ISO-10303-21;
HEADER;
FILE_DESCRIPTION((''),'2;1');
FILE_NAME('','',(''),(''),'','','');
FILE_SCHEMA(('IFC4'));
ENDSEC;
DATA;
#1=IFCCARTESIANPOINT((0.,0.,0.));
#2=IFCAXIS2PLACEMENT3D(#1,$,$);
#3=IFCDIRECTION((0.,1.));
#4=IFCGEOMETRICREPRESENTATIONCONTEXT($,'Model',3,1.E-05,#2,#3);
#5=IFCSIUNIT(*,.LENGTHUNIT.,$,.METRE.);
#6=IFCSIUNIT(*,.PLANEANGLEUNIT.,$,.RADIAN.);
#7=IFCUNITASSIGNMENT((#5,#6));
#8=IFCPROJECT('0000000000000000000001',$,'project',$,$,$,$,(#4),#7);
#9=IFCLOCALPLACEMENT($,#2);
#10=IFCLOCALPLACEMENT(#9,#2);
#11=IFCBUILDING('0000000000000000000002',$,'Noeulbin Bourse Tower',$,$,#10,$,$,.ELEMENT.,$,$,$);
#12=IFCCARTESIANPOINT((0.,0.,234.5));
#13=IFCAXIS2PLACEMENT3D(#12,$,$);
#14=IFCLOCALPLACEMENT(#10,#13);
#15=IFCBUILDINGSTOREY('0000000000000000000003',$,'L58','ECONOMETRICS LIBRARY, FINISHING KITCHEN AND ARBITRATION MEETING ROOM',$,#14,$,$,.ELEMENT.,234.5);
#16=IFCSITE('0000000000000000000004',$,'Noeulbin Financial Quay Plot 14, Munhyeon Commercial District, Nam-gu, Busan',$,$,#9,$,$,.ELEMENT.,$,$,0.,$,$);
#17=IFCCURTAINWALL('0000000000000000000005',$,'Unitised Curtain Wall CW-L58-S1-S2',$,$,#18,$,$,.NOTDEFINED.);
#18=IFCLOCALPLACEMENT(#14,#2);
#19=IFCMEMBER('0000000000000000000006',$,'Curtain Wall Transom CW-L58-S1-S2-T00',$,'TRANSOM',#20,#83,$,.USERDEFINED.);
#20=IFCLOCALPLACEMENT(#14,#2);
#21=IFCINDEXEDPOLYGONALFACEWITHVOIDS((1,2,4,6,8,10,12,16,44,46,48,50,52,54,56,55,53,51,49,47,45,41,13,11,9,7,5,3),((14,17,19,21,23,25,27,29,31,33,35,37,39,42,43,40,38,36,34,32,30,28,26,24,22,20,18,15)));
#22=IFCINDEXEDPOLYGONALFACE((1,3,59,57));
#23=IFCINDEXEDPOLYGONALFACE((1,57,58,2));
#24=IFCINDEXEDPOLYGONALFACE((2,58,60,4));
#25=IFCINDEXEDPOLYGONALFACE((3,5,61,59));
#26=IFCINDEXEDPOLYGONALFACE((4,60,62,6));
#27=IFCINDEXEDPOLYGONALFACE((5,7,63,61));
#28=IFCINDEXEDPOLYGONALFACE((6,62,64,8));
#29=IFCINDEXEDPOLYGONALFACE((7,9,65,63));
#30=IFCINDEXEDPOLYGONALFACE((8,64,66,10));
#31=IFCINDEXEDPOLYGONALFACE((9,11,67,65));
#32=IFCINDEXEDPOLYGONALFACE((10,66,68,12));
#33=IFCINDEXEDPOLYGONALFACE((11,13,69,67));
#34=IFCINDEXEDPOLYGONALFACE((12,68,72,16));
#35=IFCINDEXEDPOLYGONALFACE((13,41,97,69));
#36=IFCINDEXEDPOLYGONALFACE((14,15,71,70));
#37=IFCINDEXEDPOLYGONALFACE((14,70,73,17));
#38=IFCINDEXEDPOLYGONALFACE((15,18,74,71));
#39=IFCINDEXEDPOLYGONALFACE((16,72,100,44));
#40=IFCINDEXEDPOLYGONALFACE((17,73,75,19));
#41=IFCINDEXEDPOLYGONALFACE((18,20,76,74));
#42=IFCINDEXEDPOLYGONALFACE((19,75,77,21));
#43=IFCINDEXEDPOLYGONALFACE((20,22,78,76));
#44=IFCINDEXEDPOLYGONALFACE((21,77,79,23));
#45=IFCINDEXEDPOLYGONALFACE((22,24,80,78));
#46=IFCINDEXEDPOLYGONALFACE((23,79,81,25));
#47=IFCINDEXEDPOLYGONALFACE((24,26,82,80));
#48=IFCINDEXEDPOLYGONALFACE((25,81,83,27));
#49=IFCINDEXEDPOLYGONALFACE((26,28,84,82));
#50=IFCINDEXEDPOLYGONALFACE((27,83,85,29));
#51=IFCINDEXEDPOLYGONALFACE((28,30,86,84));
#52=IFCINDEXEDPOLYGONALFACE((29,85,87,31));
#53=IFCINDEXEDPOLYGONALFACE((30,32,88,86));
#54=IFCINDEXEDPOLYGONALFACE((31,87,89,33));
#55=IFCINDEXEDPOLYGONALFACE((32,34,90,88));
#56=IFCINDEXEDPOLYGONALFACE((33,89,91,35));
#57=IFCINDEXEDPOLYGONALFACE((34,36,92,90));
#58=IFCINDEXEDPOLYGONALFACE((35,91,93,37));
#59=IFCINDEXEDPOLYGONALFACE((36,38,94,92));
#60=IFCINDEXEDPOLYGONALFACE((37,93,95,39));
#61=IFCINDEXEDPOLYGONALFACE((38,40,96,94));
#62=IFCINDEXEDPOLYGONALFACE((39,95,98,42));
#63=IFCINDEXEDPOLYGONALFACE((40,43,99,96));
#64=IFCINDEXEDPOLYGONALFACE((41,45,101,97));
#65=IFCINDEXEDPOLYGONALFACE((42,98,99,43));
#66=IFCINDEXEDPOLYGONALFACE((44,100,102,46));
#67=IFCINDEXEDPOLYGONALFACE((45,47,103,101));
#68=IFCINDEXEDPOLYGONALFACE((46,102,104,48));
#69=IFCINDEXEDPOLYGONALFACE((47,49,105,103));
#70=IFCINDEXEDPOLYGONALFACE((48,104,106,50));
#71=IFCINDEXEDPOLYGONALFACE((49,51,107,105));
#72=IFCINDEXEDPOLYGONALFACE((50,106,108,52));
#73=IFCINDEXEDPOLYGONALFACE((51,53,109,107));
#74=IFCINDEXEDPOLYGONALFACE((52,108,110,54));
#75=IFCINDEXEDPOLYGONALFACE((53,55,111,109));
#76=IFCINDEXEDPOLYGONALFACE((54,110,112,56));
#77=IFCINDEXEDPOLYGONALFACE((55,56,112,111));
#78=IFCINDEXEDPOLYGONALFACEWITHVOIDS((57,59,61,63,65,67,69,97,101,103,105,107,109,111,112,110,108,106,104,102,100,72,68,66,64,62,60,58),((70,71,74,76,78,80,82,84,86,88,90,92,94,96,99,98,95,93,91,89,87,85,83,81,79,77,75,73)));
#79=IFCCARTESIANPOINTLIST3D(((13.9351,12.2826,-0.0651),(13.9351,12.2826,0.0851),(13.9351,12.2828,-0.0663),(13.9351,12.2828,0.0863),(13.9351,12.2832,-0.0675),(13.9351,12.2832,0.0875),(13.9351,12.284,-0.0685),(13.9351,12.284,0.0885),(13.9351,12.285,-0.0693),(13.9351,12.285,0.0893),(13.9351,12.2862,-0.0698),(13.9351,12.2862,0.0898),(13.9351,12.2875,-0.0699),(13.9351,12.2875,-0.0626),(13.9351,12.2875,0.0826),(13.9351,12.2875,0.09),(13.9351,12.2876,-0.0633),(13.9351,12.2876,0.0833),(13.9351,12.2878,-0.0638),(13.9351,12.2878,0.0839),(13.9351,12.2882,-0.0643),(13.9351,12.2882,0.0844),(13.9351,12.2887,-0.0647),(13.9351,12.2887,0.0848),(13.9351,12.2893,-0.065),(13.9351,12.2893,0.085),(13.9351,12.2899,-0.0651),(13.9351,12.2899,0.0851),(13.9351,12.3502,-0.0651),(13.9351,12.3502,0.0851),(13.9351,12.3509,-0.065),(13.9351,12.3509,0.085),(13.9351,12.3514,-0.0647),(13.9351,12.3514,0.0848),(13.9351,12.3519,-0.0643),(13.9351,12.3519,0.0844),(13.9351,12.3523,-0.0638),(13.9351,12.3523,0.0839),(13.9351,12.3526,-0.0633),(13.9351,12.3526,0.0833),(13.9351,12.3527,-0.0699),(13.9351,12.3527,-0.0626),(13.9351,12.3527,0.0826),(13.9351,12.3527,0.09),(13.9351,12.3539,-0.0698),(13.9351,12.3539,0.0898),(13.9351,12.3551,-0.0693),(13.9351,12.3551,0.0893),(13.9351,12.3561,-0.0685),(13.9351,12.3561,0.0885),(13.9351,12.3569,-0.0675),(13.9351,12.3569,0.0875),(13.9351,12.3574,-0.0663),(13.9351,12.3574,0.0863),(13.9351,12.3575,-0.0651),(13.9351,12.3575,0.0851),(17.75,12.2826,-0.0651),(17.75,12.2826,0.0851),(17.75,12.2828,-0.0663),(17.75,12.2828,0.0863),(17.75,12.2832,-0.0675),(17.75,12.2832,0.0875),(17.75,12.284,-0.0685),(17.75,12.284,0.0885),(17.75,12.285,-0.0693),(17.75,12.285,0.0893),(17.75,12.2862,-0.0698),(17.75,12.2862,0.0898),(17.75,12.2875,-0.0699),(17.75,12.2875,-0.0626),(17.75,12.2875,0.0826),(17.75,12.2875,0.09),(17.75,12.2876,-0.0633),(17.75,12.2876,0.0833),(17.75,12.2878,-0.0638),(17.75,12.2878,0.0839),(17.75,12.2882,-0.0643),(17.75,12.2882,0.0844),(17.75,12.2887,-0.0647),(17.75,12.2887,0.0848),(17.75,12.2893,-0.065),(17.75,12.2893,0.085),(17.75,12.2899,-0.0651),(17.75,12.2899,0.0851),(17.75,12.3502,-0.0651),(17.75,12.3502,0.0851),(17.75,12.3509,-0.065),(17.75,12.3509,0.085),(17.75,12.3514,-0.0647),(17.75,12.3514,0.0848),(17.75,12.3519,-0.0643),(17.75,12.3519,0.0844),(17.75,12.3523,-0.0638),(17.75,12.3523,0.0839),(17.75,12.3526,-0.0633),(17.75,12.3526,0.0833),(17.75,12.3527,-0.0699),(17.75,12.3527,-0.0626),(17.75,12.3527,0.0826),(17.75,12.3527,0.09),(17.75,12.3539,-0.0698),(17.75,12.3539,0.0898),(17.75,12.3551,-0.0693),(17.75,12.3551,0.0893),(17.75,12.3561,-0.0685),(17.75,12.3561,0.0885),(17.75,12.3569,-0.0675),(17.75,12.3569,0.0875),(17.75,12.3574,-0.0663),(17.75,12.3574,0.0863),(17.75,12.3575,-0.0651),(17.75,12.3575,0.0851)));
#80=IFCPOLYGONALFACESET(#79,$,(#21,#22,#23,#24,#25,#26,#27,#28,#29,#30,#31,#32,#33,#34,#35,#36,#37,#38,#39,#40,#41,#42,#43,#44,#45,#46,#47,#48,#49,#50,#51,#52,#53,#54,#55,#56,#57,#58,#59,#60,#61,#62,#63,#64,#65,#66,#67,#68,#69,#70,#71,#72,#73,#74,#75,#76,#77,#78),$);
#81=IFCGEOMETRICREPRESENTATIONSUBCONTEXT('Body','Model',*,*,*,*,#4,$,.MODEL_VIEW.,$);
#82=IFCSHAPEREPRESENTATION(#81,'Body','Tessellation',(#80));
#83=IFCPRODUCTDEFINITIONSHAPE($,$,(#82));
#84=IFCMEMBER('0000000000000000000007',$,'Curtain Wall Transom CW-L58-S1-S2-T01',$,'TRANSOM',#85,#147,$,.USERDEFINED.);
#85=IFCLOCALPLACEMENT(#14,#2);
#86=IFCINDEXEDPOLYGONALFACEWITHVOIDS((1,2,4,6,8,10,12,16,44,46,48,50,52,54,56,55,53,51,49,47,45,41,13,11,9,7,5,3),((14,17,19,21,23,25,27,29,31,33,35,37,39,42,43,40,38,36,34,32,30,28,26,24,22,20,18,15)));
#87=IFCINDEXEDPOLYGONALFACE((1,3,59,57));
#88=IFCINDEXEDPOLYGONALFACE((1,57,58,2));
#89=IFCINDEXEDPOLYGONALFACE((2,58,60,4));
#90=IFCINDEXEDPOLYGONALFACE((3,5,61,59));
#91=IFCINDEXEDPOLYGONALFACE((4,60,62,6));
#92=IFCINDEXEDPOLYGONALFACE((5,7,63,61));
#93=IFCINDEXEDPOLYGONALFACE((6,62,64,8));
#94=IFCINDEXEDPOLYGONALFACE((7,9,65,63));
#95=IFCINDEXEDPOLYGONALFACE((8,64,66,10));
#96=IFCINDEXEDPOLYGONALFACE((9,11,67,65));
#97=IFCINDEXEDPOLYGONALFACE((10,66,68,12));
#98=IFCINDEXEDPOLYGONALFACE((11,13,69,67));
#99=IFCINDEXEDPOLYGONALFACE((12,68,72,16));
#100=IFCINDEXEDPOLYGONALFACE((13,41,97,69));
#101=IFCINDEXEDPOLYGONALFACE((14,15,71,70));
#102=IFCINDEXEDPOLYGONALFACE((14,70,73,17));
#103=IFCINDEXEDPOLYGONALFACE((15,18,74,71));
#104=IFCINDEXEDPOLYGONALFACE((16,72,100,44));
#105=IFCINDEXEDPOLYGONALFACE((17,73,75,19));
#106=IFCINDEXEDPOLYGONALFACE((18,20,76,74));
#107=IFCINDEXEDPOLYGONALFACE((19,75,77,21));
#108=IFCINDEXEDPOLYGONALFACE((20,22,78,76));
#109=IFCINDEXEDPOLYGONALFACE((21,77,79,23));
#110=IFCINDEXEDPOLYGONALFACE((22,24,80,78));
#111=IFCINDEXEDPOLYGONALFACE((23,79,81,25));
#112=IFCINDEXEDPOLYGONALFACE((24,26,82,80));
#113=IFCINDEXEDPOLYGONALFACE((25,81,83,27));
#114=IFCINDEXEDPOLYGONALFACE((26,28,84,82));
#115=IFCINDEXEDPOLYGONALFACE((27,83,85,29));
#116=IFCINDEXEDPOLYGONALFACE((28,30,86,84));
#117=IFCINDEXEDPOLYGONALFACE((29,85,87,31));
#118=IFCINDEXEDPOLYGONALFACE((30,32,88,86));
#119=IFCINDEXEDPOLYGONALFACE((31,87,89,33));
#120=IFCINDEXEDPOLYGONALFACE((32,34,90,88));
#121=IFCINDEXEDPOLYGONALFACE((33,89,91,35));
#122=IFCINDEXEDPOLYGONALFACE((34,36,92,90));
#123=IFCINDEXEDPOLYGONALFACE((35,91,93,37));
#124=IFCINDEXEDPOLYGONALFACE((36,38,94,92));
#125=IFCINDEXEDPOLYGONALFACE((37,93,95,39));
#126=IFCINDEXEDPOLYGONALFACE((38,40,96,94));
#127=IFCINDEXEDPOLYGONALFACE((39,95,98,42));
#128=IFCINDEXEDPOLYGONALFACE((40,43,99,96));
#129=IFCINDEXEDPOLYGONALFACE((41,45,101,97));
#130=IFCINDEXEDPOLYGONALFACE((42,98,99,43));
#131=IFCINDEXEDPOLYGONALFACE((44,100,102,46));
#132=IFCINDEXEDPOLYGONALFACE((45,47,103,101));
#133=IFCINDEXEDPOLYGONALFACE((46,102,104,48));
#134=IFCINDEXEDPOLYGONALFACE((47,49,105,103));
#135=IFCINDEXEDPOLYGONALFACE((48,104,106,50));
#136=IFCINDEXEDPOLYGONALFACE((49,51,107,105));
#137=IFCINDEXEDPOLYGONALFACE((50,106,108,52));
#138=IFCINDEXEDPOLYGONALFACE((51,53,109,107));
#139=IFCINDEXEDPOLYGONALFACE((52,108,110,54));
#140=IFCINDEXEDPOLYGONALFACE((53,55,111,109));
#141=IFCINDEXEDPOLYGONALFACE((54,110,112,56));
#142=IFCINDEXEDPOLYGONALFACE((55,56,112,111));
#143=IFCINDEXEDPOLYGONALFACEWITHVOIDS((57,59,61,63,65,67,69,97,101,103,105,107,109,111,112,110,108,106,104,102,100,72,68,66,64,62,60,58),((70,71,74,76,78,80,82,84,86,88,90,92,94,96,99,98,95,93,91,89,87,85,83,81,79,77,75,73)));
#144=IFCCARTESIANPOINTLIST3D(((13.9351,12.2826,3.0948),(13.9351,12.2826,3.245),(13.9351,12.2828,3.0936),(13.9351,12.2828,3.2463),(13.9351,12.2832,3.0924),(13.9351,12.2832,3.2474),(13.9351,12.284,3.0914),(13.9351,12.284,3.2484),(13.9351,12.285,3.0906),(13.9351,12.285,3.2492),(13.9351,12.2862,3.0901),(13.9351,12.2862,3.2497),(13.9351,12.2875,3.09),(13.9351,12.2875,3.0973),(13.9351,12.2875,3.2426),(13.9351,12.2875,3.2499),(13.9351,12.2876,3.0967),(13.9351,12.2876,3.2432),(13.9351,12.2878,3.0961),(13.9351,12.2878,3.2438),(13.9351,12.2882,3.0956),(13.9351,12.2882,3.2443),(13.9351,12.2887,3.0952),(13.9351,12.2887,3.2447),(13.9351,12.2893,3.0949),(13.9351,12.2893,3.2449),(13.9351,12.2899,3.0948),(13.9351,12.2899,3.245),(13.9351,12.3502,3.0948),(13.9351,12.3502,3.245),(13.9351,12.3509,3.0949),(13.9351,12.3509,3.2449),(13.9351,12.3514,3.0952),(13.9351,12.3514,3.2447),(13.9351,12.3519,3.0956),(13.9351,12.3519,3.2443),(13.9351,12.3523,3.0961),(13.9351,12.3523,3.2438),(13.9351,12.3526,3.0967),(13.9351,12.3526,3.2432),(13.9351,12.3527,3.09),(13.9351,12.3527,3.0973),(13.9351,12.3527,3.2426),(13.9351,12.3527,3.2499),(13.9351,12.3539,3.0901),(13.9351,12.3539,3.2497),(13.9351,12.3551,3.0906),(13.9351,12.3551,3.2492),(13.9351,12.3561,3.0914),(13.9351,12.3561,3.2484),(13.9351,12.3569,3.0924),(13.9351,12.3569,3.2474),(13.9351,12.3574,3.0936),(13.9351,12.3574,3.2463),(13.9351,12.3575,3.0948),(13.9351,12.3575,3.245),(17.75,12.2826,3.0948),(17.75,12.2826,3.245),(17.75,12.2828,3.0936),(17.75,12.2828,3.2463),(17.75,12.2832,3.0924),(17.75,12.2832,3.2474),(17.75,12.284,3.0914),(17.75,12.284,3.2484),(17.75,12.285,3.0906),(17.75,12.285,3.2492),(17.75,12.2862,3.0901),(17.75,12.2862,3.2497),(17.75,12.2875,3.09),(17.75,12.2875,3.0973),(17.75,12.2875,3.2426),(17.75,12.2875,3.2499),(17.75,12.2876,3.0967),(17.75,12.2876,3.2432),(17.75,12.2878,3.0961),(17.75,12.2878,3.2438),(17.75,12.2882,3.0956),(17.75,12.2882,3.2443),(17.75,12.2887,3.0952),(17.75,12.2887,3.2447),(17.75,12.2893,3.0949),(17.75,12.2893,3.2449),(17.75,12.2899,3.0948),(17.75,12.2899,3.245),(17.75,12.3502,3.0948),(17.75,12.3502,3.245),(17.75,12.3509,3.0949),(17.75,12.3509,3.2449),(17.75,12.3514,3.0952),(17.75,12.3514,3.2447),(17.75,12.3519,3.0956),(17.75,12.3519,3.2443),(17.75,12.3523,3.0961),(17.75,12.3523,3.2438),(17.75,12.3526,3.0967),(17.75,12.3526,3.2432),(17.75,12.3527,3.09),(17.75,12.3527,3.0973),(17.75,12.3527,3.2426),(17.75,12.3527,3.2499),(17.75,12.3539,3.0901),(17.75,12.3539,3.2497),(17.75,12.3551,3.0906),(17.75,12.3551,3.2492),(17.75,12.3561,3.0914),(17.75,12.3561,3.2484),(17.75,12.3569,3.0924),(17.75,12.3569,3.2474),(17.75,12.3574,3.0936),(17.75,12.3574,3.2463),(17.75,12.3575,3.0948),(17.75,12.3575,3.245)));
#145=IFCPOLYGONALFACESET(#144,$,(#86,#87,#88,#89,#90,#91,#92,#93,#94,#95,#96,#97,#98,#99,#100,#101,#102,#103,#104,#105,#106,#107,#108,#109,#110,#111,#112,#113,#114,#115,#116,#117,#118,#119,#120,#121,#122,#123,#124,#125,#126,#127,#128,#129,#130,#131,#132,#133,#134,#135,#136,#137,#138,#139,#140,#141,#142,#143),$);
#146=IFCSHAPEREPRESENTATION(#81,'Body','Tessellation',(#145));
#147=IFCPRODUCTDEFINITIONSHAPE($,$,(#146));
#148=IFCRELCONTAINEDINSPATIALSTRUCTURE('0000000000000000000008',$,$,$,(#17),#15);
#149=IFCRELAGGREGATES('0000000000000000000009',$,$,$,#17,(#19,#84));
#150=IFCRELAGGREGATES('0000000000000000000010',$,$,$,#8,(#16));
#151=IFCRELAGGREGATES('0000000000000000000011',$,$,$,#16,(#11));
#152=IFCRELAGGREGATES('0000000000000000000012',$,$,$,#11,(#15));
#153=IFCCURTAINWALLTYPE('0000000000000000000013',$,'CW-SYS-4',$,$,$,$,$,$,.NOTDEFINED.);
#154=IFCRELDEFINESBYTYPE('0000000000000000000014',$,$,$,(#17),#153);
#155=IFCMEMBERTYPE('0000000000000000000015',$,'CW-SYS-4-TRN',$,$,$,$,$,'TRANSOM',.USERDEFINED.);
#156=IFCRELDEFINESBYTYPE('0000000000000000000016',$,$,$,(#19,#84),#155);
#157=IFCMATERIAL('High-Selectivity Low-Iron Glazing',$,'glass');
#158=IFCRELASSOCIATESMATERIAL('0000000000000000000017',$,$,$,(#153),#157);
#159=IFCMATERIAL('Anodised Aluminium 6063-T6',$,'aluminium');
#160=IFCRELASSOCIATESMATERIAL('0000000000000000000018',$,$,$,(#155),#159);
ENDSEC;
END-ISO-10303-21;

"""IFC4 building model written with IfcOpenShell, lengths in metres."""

from ifc_helpers import new_model, si_unit, direction, frame, origin, origin_2d, place, context, subcontext, project, spatial, hollow_rectangle, extrude, material, material_profile, profile_set, type_object, element, aggregate, save


model = new_model("IFC4")

# Units and contexts
model_context = context("Model", 3, precision=1e-05, world=origin(), true_north=direction((0.0, 1.0)))
body_context = subcontext(model_context, "Body", "Model", "MODEL_VIEW")
ifc_project = project(units=[si_unit("LENGTHUNIT", "METRE"), si_unit("PLANEANGLEUNIT", "RADIAN")], contexts=[model_context])

# Site, building, storey
site_placement = place(None, origin())
site = spatial("IfcSite", under=ifc_project, at=site_placement, Name="Noeulbin Financial Quay Plot 14, Munhyeon Commercial District, Nam-gu, Busan", CompositionType="ELEMENT", RefElevation=0.0)
building_placement = place(site_placement, origin())
building = spatial("IfcBuilding", under=site, at=building_placement, Name="Noeulbin Bourse Tower", CompositionType="ELEMENT")
storey_placement = place(building_placement, frame((0.0, 0.0, 234.5)))
storey = spatial("IfcBuildingStorey", under=building, at=storey_placement, Name="L58", Description="ECONOMETRICS LIBRARY, FINISHING KITCHEN AND ARBITRATION MEETING ROOM", CompositionType="ELEMENT", Elevation=234.5)

# Curtain wall
ifc_material_1 = material(Name="High-Selectivity Low-Iron Glazing", Category="glass")
curtain_wall_type = type_object("IfcCurtainWallType", Name="CW-SYS-4", PredefinedType="NOTDEFINED", material=ifc_material_1)
curtain_wall_1_placement = place(storey_placement, origin())
curtain_wall_1 = element("IfcCurtainWall", 1, at=curtain_wall_1_placement, inside=storey, type_object=curtain_wall_type, Name="Unitised Curtain Wall CW-L58-S1-S2", PredefinedType="NOTDEFINED")
ifc_material_2 = material(Name="Anodised Aluminium 6063-T6", Category="aluminium")

# Members
ifc_material_profile_1 = material_profile(ifc_material_2, hollow_rectangle(XDim=0.075, YDim=0.1599, WallThickness=0.0049, InnerFilletRadius=0.0024, OuterFilletRadius=0.0049, at=origin_2d()), Name="ALU-TRAN-75x160x5", Category="LoadBearing")
ifc_profile_set_1 = profile_set([ifc_material_profile_1], Name="Anodised Aluminium 6063-T6")
member_type_1 = type_object("IfcMemberType", Name="CW-SYS-4-TRN", ElementType="TRANSOM", PredefinedType="USERDEFINED", material=ifc_profile_set_1)
member_1_placement = place(storey_placement, frame((13.9351, 12.3201, 0.01), z_axis=(1.0, 0.0, 0.0), x_axis=(0.0, 1.0, 0.0)))
member_1 = element("IfcMember", 2, at=member_1_placement, type_object=member_type_1, Name="Curtain Wall Transom CW-L58-S1-S2-T00", ObjectType="TRANSOM", PredefinedType="USERDEFINED", context=body_context, shape_type="SweptSolid", body=[
    extrude(hollow_rectangle(XDim=0.075, YDim=0.1599, WallThickness=0.0049, InnerFilletRadius=0.0024, OuterFilletRadius=0.0049, at=origin_2d()), origin(), (0.0, 0.0, 1.0), 3.8149),
])
member_2_placement = place(storey_placement, frame((13.9351, 12.3201, 3.1699), z_axis=(1.0, 0.0, 0.0), x_axis=(0.0, 1.0, 0.0)))
member_2 = element("IfcMember", 3, at=member_2_placement, type_object=member_type_1, Name="Curtain Wall Transom CW-L58-S1-S2-T01", ObjectType="TRANSOM", PredefinedType="USERDEFINED", context=body_context, shape_type="SweptSolid", body=[
    extrude(hollow_rectangle(XDim=0.075, YDim=0.1599, WallThickness=0.0049, InnerFilletRadius=0.0024, OuterFilletRadius=0.0049, at=origin_2d()), origin(), (0.0, 0.0, 1.0), 3.8149),
])

aggregate(curtain_wall_1, [member_1, member_2])

save(model, "model.ifc")
